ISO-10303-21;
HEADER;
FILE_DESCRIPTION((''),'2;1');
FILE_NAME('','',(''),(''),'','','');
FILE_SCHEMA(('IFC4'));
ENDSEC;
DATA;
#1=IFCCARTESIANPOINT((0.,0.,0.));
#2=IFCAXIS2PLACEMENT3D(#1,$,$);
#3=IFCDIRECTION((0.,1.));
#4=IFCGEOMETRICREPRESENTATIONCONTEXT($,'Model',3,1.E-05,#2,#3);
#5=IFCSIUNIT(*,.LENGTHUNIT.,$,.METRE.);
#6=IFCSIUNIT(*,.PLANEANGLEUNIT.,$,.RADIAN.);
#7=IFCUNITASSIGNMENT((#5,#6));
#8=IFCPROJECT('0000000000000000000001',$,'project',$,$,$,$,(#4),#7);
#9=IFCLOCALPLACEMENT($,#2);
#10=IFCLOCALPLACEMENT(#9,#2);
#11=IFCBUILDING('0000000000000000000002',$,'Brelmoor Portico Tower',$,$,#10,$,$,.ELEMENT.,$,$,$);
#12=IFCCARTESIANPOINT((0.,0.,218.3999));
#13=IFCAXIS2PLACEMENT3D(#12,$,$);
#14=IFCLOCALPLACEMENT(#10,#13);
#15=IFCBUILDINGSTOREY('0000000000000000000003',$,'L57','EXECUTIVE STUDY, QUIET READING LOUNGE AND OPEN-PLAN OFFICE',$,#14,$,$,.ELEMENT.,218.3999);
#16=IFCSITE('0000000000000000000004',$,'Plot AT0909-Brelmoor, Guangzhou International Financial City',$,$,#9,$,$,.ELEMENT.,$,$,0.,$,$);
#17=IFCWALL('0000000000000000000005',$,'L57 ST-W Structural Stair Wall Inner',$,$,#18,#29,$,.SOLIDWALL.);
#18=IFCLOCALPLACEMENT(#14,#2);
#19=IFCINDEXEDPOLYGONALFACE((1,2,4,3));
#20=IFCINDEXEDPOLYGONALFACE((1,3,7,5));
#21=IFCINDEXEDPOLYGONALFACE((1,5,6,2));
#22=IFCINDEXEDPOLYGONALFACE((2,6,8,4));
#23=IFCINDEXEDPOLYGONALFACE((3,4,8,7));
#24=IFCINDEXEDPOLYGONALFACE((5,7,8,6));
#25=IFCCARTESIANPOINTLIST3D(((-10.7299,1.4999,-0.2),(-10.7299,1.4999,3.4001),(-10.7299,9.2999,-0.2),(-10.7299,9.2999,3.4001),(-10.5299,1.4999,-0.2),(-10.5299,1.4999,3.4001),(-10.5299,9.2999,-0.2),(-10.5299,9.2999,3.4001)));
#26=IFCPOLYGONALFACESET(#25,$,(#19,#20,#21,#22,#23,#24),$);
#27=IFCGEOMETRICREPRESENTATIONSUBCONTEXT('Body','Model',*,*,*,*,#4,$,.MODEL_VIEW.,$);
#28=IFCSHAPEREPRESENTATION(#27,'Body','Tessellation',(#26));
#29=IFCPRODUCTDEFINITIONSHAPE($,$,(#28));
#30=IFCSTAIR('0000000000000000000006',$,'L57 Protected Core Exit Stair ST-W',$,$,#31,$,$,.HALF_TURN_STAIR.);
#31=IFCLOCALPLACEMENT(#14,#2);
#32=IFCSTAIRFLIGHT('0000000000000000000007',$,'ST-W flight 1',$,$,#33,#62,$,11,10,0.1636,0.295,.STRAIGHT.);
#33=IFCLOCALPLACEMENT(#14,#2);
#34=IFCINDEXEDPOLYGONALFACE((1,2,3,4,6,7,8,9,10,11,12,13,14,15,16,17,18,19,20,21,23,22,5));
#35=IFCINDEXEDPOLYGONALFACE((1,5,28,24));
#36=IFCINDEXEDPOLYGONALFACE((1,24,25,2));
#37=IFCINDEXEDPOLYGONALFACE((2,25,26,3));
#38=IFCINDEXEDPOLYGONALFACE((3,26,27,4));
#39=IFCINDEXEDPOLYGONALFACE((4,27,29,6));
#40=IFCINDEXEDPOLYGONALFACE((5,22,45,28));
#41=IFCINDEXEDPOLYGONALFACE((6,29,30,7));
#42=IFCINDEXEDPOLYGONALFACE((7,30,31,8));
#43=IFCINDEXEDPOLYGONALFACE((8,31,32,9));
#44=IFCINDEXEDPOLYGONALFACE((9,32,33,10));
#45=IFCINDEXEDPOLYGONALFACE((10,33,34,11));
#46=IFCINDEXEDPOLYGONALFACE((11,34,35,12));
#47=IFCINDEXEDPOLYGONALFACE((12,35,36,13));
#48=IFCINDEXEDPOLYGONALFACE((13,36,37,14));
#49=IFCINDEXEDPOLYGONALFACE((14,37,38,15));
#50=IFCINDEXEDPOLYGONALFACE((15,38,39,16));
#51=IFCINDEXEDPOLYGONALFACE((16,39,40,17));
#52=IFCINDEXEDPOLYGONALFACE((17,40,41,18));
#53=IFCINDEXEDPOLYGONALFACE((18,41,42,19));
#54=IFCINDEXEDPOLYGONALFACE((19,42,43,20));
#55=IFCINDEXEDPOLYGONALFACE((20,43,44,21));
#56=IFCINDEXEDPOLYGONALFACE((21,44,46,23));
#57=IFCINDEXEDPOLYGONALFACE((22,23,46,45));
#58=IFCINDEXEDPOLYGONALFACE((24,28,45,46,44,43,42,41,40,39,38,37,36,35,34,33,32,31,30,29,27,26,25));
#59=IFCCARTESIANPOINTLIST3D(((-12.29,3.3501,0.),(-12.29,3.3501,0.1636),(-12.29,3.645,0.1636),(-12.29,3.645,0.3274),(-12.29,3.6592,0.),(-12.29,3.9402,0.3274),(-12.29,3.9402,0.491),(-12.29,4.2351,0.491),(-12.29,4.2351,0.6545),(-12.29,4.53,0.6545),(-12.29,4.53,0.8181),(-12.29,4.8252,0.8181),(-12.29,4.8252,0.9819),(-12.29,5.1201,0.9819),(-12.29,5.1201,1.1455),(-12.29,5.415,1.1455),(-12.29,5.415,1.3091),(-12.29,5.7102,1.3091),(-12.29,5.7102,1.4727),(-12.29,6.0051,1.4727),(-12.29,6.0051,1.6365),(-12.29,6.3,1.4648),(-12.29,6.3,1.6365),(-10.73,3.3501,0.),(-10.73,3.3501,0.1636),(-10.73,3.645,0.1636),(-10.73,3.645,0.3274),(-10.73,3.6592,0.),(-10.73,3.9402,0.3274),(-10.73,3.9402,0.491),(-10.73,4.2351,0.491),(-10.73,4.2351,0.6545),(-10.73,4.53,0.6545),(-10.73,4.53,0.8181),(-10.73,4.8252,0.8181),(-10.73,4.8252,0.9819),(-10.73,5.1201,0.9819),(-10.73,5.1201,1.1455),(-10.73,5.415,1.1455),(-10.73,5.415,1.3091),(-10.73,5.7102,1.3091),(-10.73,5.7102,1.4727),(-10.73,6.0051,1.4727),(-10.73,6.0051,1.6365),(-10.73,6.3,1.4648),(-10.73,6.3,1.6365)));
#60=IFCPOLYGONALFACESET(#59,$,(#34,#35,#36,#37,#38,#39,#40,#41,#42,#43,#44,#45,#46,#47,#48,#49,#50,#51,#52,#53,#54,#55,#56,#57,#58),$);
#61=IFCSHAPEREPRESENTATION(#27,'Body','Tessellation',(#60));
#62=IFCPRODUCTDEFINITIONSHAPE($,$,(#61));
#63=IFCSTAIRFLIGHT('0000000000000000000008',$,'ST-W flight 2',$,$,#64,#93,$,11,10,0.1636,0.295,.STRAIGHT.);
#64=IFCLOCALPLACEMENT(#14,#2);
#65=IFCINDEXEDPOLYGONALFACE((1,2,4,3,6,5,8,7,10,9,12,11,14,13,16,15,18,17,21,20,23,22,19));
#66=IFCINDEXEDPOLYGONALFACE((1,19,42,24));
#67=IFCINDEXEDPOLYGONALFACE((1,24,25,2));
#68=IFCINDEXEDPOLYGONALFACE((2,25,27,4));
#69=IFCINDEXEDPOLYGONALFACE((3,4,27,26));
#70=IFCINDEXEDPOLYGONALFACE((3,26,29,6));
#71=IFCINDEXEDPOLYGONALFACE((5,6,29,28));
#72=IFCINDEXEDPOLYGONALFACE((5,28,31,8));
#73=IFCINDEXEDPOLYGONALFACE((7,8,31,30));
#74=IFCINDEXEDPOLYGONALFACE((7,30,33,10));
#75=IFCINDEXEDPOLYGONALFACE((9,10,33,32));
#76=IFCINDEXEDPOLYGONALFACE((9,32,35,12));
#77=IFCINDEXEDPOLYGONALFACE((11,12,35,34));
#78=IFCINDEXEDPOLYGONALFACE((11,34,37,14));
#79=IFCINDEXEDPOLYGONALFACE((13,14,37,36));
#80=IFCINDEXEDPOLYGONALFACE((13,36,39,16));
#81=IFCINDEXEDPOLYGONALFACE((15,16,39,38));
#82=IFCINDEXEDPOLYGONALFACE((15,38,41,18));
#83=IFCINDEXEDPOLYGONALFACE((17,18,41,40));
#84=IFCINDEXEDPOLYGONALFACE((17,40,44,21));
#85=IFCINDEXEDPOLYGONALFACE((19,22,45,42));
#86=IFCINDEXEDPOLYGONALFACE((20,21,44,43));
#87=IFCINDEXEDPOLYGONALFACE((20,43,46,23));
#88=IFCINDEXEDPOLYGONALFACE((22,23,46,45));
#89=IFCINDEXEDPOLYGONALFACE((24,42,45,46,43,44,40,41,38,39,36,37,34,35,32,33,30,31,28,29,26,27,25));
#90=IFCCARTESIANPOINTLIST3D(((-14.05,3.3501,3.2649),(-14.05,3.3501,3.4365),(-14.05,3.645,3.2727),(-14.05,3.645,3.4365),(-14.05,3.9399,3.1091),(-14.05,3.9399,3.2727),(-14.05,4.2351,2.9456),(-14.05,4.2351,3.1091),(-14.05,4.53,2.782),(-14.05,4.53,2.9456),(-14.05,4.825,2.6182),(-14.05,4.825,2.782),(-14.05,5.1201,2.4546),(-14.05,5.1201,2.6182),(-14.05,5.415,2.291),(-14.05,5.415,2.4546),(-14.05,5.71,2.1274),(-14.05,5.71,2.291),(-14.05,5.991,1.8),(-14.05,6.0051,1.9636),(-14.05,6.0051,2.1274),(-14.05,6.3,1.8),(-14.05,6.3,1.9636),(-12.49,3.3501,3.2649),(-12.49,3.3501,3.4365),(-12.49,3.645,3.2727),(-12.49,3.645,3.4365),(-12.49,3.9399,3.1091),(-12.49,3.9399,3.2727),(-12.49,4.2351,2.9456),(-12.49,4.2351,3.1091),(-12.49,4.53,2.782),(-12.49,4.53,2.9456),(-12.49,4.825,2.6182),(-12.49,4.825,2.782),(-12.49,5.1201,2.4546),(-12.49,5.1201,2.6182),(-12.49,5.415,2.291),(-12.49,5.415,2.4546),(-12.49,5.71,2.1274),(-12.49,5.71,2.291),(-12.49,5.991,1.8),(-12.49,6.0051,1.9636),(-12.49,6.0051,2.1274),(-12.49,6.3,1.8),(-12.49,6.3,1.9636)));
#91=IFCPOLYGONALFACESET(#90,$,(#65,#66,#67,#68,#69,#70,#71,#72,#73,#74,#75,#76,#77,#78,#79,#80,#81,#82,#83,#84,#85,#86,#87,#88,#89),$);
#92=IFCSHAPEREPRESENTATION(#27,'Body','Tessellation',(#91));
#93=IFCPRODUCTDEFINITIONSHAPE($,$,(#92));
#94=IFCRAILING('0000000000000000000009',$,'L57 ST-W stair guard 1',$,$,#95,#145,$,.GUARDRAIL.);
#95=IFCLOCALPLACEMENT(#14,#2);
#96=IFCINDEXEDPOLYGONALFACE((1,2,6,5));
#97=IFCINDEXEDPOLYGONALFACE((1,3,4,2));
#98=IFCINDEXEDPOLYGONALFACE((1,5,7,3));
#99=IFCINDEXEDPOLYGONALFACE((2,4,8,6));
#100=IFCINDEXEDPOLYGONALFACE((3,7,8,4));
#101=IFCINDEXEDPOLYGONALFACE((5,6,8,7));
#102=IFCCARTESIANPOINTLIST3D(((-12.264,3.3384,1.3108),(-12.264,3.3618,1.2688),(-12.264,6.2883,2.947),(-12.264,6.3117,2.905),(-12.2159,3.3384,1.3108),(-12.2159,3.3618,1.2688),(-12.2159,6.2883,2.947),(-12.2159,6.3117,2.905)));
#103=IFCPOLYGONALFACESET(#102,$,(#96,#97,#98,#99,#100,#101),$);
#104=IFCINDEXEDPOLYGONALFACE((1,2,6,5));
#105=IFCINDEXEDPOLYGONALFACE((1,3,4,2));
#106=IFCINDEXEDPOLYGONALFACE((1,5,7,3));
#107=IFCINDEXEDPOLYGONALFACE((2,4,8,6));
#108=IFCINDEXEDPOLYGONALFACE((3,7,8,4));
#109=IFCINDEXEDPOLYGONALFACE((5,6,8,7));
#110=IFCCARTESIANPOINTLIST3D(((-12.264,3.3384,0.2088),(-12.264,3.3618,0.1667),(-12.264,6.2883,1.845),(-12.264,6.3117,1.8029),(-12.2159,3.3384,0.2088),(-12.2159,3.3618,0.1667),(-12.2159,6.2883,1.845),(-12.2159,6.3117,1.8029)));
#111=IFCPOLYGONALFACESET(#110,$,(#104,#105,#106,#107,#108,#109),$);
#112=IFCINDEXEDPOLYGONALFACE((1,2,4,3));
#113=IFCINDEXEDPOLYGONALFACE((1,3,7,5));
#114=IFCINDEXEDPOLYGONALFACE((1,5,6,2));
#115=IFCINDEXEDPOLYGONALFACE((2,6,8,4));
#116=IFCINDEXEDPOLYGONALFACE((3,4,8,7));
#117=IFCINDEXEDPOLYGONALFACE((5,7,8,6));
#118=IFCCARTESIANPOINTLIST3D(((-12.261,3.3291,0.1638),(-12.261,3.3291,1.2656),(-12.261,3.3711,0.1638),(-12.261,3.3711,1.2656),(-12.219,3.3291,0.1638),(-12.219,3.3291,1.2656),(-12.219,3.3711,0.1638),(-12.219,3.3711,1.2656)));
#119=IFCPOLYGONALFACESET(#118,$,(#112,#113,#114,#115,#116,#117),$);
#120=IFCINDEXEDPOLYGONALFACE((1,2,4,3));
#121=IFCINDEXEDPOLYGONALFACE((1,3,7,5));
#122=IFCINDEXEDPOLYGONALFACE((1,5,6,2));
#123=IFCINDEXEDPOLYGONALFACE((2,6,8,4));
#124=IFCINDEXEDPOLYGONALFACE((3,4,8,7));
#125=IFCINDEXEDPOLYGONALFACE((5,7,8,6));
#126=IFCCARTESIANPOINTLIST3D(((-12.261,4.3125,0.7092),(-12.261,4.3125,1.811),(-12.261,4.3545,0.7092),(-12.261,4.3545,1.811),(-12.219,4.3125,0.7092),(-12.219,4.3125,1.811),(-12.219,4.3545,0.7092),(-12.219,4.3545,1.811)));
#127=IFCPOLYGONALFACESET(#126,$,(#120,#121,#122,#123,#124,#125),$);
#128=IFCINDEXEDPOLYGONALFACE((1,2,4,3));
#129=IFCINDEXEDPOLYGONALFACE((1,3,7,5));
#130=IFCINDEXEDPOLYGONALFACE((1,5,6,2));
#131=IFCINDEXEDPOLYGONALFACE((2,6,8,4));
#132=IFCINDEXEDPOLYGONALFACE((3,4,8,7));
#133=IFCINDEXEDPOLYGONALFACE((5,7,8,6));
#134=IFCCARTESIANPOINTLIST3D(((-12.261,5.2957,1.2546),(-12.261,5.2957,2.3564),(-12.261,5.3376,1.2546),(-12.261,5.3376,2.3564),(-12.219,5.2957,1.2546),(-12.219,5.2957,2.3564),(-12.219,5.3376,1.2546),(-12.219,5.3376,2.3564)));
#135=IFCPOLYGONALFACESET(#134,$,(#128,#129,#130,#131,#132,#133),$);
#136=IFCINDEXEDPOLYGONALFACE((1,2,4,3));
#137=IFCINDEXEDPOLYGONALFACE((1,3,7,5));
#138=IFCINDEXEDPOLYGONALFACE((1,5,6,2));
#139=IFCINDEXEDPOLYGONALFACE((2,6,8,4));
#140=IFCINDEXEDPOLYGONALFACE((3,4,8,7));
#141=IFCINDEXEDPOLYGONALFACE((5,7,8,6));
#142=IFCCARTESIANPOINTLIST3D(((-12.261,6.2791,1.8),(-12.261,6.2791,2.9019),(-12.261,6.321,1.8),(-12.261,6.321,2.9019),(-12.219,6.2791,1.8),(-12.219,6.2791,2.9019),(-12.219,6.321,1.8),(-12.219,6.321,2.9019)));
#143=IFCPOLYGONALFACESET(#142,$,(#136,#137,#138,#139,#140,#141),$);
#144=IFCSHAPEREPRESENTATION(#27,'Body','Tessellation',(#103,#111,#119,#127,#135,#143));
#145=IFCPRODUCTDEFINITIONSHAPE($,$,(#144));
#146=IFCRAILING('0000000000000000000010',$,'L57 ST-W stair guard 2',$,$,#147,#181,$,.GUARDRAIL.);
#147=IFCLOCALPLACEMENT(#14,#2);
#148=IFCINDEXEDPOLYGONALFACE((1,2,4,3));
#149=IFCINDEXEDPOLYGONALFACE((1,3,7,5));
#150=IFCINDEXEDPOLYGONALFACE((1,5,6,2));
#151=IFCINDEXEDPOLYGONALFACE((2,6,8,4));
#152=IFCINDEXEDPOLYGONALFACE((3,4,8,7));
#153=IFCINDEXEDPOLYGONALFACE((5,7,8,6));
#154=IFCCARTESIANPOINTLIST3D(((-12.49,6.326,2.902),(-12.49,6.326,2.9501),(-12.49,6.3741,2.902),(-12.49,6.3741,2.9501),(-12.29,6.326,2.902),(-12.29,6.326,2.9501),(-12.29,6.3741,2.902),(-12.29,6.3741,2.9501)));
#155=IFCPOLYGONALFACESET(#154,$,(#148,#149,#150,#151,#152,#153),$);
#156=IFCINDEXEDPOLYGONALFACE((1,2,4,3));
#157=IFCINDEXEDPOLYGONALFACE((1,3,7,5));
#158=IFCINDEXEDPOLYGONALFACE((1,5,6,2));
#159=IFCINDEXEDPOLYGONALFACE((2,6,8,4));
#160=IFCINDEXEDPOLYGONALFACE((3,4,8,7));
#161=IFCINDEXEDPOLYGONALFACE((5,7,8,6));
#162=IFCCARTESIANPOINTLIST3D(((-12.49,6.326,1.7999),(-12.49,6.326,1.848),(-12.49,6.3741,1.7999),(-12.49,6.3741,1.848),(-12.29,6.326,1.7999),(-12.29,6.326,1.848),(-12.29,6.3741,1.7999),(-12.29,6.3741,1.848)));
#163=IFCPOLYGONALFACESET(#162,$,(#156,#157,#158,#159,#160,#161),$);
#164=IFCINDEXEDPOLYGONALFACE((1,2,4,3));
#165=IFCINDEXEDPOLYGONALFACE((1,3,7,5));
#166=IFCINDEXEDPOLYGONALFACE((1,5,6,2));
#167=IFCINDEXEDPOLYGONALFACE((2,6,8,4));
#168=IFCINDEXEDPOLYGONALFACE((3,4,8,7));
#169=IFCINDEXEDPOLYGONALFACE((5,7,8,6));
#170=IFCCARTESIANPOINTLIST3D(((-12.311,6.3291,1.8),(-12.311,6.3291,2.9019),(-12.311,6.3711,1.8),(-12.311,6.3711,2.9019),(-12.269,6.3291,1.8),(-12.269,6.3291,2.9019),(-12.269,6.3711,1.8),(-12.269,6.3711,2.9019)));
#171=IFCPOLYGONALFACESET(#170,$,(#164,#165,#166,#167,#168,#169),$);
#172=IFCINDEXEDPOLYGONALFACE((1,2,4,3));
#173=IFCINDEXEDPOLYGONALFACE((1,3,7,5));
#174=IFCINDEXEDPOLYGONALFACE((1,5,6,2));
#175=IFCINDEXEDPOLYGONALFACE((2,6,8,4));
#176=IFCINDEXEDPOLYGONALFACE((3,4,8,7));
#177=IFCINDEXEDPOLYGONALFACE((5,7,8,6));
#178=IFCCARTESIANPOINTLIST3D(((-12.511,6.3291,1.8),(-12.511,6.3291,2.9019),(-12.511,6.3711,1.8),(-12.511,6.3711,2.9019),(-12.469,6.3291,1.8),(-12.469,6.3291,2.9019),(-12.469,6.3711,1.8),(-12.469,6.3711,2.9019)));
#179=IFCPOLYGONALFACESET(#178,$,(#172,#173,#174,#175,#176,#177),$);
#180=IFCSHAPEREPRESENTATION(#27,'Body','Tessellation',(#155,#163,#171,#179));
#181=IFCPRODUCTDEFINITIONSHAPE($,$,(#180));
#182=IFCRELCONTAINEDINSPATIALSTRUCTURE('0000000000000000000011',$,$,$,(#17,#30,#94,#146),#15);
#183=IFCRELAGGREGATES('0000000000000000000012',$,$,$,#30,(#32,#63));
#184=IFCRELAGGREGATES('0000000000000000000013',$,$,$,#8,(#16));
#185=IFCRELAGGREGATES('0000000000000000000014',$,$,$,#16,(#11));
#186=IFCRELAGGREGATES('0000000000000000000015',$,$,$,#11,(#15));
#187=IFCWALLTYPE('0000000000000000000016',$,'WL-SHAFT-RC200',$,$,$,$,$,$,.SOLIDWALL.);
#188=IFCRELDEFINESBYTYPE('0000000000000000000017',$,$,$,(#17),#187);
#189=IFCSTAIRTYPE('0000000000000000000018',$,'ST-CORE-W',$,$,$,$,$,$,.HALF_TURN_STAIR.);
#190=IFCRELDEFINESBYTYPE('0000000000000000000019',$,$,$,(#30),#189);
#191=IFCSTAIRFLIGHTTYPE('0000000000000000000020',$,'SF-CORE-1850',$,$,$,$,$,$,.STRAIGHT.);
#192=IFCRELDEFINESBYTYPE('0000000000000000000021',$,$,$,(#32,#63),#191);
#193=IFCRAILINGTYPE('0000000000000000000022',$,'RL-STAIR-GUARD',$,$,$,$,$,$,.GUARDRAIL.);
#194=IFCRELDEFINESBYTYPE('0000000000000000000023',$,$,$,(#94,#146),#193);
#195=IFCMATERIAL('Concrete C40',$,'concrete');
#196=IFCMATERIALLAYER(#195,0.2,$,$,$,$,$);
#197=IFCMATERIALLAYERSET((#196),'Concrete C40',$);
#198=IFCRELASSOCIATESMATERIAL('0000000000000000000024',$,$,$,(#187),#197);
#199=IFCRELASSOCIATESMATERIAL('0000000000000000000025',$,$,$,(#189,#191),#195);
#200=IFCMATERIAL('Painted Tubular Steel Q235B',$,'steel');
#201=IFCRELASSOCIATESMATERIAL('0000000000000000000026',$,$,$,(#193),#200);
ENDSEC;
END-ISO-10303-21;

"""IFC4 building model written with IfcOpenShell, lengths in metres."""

from ifc_helpers import new_model, si_unit, direction, frame, frame_2d, origin, origin_2d, place, context, subcontext, project, spatial, polyline, rectangle, outline, extrude, material, layer, layer_set, type_object, element, aggregate, save


model = new_model("IFC4")

# Units and contexts
model_context = context("Model", 3, precision=1e-05, world=origin(), true_north=direction((0.0, 1.0)))
body_context = subcontext(model_context, "Body", "Model", "MODEL_VIEW")
ifc_project = project(units=[si_unit("LENGTHUNIT", "METRE"), si_unit("PLANEANGLEUNIT", "RADIAN")], contexts=[model_context])

# Site, building, storey
site_placement = place(None, origin())
site = spatial("IfcSite", under=ifc_project, at=site_placement, Name="Plot AT0909-Brelmoor, Guangzhou International Financial City", CompositionType="ELEMENT", RefElevation=0.0)
building_placement = place(site_placement, origin())
building = spatial("IfcBuilding", under=site, at=building_placement, Name="Brelmoor Portico Tower", CompositionType="ELEMENT")
storey_placement = place(building_placement, frame((0.0, 0.0, 218.3999)))
storey = spatial("IfcBuildingStorey", under=building, at=storey_placement, Name="L57", Description="EXECUTIVE STUDY, QUIET READING LOUNGE AND OPEN-PLAN OFFICE", CompositionType="ELEMENT", Elevation=218.3999)

# Shared definitions
ifc_material_1 = material(Name="Concrete C40", Category="concrete")

# Wall
ifc_layer_1 = layer(ifc_material_1, 0.2)
ifc_layer_set_1 = layer_set([ifc_layer_1], Name="Concrete C40")
wall_type_1 = type_object("IfcWallType", Name="WL-SHAFT-RC200", PredefinedType="SOLIDWALL", material=ifc_layer_set_1)
wall_1_placement = place(storey_placement, frame((-10.6299, 1.5, -0.2), z_axis=(0.0, 0.0, 1.0), x_axis=(0.0, 1.0, 0.0)))
element("IfcWall", 1, at=wall_1_placement, inside=storey, type_object=wall_type_1, Name="L57 ST-W Structural Stair Wall Inner", PredefinedType="SOLIDWALL", context=body_context, shape_type="SweptSolid", body=[
    extrude(rectangle(XDim=7.8, YDim=0.2, at=frame_2d((3.8999, 0.0))), origin(), (0.0, 0.0, 1.0), 3.6001),
])

# Stair, stair flights
stair_type = type_object("IfcStairType", Name="ST-CORE-W", PredefinedType="HALF_TURN_STAIR", material=ifc_material_1)
stair_placement = place(storey_placement, origin())
stair = element("IfcStair", 2, at=stair_placement, inside=storey, type_object=stair_type, Name="L57 Protected Core Exit Stair ST-W", PredefinedType="HALF_TURN_STAIR")
stair_flight_type = type_object("IfcStairFlightType", Name="SF-CORE-1850", PredefinedType="STRAIGHT", material=ifc_material_1)
stair_flight_1_placement = place(storey_placement, frame((-11.51, 3.3501, 0.0), z_axis=(0.0, 0.0, 1.0), x_axis=(0.0, 1.0, 0.0)))
stair_flight_1 = element("IfcStairFlight", 3, at=stair_flight_1_placement, type_object=stair_flight_type, Name="ST-W flight 1", NumberOfRisers=11, NumberOfTreads=10, PredefinedType="STRAIGHT", RiserHeight=0.1636, TreadLength=0.295, context=body_context, shape_type="SweptSolid", body=[
    extrude(outline(polyline([(0.0, 0.0), (0.0, 0.1636), (0.2949, 0.1636), (0.2949, 0.3274), (0.5901, 0.3274), (0.5901, 0.491), (0.885, 0.491), (0.885, 0.6545), (1.1799, 0.6545), (1.1799, 0.8181), (1.4751, 0.8181), (1.4751, 0.9819), (1.77, 0.9819), (1.77, 1.1455), (2.0649, 1.1455), (2.0649, 1.3091), (2.3601, 1.3091), (2.3601, 1.4727), (2.655, 1.4727), (2.655, 1.6365), (2.95, 1.6365), (2.95, 1.8), (2.95, 1.4648), (0.3091, 0.0), (0.0, 0.0)])), frame((0.0, 0.78, 0.0), z_axis=(0.0, -1.0, 0.0), x_axis=(1.0, 0.0, 0.0)), (0.0, 0.0, 1.0), 1.5601),
])
stair_flight_2_placement = place(storey_placement, frame((-13.27, 6.3, 1.8), z_axis=(0.0, 0.0, 1.0), x_axis=(0.0, -1.0, 0.0)))
stair_flight_2 = element("IfcStairFlight", 4, at=stair_flight_2_placement, type_object=stair_flight_type, Name="ST-W flight 2", NumberOfRisers=11, NumberOfTreads=10, PredefinedType="STRAIGHT", RiserHeight=0.1636, TreadLength=0.295, context=body_context, shape_type="SweptSolid", body=[
    extrude(outline(polyline([(0.0, 0.0), (0.0, 0.1636), (0.2949, 0.1636), (0.2949, 0.3274), (0.5901, 0.3274), (0.5901, 0.491), (0.885, 0.491), (0.885, 0.6545), (1.1799, 0.6545), (1.1799, 0.8181), (1.4751, 0.8181), (1.4751, 0.9819), (1.77, 0.9819), (1.77, 1.1455), (2.0649, 1.1455), (2.0649, 1.3091), (2.3601, 1.3091), (2.3601, 1.4727), (2.655, 1.4727), (2.655, 1.6365), (2.95, 1.6365), (2.95, 1.8), (2.95, 1.4648), (0.3091, 0.0), (0.0, 0.0)])), frame((0.0, 0.78, 0.0), z_axis=(0.0, -1.0, 0.0), x_axis=(1.0, 0.0, 0.0)), (0.0, 0.0, 1.0), 1.5601),
])
aggregate(stair, [stair_flight_1, stair_flight_2])

# Railings
ifc_material_2 = material(Name="Painted Tubular Steel Q235B", Category="steel")
railing_type_1 = type_object("IfcRailingType", Name="RL-STAIR-GUARD", PredefinedType="GUARDRAIL", material=ifc_material_2)
railing_1_placement = place(storey_placement, frame((-12.24, 3.3501, 0.1638)))
element("IfcRailing", 5, at=railing_1_placement, inside=storey, type_object=railing_type_1, Name="L57 ST-W stair guard 1", PredefinedType="GUARDRAIL", context=body_context, shape_type="SweptSolid", body=[
    extrude(rectangle(XDim=0.0481, YDim=0.0481, at=origin_2d()), frame((0.0, 0.0, 1.126), z_axis=(0.0, 0.874488, 0.485047), x_axis=(-1.0, 0.0, 0.0)), (0.0, 0.0, 1.0), 3.3733),
    extrude(rectangle(XDim=0.0481, YDim=0.0481, at=origin_2d()), frame((0.0, 0.0, 0.0239), z_axis=(0.0, 0.874488, 0.485047), x_axis=(-1.0, 0.0, 0.0)), (0.0, 0.0, 1.0), 3.3733),
    extrude(rectangle(XDim=0.042, YDim=0.042, at=origin_2d()), origin(), (0.0, 0.0, 1.0), 1.1018),
    extrude(rectangle(XDim=0.042, YDim=0.042, at=origin_2d()), frame((0.0, 0.9834, 0.5454)), (0.0, 0.0, 1.0), 1.1018),
    extrude(rectangle(XDim=0.042, YDim=0.042, at=origin_2d()), frame((0.0, 1.9666, 1.0908)), (0.0, 0.0, 1.0), 1.1018),
    extrude(rectangle(XDim=0.042, YDim=0.042, at=origin_2d()), frame((0.0, 2.95, 1.6362)), (0.0, 0.0, 1.0), 1.1018),
])
railing_2_placement = place(storey_placement, frame((-12.29, 6.3501, 1.8)))
element("IfcRailing", 6, at=railing_2_placement, inside=storey, type_object=railing_type_1, Name="L57 ST-W stair guard 2", PredefinedType="GUARDRAIL", context=body_context, shape_type="SweptSolid", body=[
    extrude(rectangle(XDim=0.0481, YDim=0.0481, at=origin_2d()), frame((0.0, 0.0, 1.126), z_axis=(-1.0, 0.0, 0.0), x_axis=(0.0, -1.0, 0.0)), (0.0, 0.0, 1.0), 0.2),
    extrude(rectangle(XDim=0.0481, YDim=0.0481, at=origin_2d()), frame((0.0, 0.0, 0.0239), z_axis=(-1.0, 0.0, 0.0), x_axis=(0.0, -1.0, 0.0)), (0.0, 0.0, 1.0), 0.2),
    extrude(rectangle(XDim=0.042, YDim=0.042, at=origin_2d()), origin(), (0.0, 0.0, 1.0), 1.1018),
    extrude(rectangle(XDim=0.042, YDim=0.042, at=origin_2d()), frame((-0.2, 0.0, 0.0)), (0.0, 0.0, 1.0), 1.1018),
])

save(model, "model.ifc")
